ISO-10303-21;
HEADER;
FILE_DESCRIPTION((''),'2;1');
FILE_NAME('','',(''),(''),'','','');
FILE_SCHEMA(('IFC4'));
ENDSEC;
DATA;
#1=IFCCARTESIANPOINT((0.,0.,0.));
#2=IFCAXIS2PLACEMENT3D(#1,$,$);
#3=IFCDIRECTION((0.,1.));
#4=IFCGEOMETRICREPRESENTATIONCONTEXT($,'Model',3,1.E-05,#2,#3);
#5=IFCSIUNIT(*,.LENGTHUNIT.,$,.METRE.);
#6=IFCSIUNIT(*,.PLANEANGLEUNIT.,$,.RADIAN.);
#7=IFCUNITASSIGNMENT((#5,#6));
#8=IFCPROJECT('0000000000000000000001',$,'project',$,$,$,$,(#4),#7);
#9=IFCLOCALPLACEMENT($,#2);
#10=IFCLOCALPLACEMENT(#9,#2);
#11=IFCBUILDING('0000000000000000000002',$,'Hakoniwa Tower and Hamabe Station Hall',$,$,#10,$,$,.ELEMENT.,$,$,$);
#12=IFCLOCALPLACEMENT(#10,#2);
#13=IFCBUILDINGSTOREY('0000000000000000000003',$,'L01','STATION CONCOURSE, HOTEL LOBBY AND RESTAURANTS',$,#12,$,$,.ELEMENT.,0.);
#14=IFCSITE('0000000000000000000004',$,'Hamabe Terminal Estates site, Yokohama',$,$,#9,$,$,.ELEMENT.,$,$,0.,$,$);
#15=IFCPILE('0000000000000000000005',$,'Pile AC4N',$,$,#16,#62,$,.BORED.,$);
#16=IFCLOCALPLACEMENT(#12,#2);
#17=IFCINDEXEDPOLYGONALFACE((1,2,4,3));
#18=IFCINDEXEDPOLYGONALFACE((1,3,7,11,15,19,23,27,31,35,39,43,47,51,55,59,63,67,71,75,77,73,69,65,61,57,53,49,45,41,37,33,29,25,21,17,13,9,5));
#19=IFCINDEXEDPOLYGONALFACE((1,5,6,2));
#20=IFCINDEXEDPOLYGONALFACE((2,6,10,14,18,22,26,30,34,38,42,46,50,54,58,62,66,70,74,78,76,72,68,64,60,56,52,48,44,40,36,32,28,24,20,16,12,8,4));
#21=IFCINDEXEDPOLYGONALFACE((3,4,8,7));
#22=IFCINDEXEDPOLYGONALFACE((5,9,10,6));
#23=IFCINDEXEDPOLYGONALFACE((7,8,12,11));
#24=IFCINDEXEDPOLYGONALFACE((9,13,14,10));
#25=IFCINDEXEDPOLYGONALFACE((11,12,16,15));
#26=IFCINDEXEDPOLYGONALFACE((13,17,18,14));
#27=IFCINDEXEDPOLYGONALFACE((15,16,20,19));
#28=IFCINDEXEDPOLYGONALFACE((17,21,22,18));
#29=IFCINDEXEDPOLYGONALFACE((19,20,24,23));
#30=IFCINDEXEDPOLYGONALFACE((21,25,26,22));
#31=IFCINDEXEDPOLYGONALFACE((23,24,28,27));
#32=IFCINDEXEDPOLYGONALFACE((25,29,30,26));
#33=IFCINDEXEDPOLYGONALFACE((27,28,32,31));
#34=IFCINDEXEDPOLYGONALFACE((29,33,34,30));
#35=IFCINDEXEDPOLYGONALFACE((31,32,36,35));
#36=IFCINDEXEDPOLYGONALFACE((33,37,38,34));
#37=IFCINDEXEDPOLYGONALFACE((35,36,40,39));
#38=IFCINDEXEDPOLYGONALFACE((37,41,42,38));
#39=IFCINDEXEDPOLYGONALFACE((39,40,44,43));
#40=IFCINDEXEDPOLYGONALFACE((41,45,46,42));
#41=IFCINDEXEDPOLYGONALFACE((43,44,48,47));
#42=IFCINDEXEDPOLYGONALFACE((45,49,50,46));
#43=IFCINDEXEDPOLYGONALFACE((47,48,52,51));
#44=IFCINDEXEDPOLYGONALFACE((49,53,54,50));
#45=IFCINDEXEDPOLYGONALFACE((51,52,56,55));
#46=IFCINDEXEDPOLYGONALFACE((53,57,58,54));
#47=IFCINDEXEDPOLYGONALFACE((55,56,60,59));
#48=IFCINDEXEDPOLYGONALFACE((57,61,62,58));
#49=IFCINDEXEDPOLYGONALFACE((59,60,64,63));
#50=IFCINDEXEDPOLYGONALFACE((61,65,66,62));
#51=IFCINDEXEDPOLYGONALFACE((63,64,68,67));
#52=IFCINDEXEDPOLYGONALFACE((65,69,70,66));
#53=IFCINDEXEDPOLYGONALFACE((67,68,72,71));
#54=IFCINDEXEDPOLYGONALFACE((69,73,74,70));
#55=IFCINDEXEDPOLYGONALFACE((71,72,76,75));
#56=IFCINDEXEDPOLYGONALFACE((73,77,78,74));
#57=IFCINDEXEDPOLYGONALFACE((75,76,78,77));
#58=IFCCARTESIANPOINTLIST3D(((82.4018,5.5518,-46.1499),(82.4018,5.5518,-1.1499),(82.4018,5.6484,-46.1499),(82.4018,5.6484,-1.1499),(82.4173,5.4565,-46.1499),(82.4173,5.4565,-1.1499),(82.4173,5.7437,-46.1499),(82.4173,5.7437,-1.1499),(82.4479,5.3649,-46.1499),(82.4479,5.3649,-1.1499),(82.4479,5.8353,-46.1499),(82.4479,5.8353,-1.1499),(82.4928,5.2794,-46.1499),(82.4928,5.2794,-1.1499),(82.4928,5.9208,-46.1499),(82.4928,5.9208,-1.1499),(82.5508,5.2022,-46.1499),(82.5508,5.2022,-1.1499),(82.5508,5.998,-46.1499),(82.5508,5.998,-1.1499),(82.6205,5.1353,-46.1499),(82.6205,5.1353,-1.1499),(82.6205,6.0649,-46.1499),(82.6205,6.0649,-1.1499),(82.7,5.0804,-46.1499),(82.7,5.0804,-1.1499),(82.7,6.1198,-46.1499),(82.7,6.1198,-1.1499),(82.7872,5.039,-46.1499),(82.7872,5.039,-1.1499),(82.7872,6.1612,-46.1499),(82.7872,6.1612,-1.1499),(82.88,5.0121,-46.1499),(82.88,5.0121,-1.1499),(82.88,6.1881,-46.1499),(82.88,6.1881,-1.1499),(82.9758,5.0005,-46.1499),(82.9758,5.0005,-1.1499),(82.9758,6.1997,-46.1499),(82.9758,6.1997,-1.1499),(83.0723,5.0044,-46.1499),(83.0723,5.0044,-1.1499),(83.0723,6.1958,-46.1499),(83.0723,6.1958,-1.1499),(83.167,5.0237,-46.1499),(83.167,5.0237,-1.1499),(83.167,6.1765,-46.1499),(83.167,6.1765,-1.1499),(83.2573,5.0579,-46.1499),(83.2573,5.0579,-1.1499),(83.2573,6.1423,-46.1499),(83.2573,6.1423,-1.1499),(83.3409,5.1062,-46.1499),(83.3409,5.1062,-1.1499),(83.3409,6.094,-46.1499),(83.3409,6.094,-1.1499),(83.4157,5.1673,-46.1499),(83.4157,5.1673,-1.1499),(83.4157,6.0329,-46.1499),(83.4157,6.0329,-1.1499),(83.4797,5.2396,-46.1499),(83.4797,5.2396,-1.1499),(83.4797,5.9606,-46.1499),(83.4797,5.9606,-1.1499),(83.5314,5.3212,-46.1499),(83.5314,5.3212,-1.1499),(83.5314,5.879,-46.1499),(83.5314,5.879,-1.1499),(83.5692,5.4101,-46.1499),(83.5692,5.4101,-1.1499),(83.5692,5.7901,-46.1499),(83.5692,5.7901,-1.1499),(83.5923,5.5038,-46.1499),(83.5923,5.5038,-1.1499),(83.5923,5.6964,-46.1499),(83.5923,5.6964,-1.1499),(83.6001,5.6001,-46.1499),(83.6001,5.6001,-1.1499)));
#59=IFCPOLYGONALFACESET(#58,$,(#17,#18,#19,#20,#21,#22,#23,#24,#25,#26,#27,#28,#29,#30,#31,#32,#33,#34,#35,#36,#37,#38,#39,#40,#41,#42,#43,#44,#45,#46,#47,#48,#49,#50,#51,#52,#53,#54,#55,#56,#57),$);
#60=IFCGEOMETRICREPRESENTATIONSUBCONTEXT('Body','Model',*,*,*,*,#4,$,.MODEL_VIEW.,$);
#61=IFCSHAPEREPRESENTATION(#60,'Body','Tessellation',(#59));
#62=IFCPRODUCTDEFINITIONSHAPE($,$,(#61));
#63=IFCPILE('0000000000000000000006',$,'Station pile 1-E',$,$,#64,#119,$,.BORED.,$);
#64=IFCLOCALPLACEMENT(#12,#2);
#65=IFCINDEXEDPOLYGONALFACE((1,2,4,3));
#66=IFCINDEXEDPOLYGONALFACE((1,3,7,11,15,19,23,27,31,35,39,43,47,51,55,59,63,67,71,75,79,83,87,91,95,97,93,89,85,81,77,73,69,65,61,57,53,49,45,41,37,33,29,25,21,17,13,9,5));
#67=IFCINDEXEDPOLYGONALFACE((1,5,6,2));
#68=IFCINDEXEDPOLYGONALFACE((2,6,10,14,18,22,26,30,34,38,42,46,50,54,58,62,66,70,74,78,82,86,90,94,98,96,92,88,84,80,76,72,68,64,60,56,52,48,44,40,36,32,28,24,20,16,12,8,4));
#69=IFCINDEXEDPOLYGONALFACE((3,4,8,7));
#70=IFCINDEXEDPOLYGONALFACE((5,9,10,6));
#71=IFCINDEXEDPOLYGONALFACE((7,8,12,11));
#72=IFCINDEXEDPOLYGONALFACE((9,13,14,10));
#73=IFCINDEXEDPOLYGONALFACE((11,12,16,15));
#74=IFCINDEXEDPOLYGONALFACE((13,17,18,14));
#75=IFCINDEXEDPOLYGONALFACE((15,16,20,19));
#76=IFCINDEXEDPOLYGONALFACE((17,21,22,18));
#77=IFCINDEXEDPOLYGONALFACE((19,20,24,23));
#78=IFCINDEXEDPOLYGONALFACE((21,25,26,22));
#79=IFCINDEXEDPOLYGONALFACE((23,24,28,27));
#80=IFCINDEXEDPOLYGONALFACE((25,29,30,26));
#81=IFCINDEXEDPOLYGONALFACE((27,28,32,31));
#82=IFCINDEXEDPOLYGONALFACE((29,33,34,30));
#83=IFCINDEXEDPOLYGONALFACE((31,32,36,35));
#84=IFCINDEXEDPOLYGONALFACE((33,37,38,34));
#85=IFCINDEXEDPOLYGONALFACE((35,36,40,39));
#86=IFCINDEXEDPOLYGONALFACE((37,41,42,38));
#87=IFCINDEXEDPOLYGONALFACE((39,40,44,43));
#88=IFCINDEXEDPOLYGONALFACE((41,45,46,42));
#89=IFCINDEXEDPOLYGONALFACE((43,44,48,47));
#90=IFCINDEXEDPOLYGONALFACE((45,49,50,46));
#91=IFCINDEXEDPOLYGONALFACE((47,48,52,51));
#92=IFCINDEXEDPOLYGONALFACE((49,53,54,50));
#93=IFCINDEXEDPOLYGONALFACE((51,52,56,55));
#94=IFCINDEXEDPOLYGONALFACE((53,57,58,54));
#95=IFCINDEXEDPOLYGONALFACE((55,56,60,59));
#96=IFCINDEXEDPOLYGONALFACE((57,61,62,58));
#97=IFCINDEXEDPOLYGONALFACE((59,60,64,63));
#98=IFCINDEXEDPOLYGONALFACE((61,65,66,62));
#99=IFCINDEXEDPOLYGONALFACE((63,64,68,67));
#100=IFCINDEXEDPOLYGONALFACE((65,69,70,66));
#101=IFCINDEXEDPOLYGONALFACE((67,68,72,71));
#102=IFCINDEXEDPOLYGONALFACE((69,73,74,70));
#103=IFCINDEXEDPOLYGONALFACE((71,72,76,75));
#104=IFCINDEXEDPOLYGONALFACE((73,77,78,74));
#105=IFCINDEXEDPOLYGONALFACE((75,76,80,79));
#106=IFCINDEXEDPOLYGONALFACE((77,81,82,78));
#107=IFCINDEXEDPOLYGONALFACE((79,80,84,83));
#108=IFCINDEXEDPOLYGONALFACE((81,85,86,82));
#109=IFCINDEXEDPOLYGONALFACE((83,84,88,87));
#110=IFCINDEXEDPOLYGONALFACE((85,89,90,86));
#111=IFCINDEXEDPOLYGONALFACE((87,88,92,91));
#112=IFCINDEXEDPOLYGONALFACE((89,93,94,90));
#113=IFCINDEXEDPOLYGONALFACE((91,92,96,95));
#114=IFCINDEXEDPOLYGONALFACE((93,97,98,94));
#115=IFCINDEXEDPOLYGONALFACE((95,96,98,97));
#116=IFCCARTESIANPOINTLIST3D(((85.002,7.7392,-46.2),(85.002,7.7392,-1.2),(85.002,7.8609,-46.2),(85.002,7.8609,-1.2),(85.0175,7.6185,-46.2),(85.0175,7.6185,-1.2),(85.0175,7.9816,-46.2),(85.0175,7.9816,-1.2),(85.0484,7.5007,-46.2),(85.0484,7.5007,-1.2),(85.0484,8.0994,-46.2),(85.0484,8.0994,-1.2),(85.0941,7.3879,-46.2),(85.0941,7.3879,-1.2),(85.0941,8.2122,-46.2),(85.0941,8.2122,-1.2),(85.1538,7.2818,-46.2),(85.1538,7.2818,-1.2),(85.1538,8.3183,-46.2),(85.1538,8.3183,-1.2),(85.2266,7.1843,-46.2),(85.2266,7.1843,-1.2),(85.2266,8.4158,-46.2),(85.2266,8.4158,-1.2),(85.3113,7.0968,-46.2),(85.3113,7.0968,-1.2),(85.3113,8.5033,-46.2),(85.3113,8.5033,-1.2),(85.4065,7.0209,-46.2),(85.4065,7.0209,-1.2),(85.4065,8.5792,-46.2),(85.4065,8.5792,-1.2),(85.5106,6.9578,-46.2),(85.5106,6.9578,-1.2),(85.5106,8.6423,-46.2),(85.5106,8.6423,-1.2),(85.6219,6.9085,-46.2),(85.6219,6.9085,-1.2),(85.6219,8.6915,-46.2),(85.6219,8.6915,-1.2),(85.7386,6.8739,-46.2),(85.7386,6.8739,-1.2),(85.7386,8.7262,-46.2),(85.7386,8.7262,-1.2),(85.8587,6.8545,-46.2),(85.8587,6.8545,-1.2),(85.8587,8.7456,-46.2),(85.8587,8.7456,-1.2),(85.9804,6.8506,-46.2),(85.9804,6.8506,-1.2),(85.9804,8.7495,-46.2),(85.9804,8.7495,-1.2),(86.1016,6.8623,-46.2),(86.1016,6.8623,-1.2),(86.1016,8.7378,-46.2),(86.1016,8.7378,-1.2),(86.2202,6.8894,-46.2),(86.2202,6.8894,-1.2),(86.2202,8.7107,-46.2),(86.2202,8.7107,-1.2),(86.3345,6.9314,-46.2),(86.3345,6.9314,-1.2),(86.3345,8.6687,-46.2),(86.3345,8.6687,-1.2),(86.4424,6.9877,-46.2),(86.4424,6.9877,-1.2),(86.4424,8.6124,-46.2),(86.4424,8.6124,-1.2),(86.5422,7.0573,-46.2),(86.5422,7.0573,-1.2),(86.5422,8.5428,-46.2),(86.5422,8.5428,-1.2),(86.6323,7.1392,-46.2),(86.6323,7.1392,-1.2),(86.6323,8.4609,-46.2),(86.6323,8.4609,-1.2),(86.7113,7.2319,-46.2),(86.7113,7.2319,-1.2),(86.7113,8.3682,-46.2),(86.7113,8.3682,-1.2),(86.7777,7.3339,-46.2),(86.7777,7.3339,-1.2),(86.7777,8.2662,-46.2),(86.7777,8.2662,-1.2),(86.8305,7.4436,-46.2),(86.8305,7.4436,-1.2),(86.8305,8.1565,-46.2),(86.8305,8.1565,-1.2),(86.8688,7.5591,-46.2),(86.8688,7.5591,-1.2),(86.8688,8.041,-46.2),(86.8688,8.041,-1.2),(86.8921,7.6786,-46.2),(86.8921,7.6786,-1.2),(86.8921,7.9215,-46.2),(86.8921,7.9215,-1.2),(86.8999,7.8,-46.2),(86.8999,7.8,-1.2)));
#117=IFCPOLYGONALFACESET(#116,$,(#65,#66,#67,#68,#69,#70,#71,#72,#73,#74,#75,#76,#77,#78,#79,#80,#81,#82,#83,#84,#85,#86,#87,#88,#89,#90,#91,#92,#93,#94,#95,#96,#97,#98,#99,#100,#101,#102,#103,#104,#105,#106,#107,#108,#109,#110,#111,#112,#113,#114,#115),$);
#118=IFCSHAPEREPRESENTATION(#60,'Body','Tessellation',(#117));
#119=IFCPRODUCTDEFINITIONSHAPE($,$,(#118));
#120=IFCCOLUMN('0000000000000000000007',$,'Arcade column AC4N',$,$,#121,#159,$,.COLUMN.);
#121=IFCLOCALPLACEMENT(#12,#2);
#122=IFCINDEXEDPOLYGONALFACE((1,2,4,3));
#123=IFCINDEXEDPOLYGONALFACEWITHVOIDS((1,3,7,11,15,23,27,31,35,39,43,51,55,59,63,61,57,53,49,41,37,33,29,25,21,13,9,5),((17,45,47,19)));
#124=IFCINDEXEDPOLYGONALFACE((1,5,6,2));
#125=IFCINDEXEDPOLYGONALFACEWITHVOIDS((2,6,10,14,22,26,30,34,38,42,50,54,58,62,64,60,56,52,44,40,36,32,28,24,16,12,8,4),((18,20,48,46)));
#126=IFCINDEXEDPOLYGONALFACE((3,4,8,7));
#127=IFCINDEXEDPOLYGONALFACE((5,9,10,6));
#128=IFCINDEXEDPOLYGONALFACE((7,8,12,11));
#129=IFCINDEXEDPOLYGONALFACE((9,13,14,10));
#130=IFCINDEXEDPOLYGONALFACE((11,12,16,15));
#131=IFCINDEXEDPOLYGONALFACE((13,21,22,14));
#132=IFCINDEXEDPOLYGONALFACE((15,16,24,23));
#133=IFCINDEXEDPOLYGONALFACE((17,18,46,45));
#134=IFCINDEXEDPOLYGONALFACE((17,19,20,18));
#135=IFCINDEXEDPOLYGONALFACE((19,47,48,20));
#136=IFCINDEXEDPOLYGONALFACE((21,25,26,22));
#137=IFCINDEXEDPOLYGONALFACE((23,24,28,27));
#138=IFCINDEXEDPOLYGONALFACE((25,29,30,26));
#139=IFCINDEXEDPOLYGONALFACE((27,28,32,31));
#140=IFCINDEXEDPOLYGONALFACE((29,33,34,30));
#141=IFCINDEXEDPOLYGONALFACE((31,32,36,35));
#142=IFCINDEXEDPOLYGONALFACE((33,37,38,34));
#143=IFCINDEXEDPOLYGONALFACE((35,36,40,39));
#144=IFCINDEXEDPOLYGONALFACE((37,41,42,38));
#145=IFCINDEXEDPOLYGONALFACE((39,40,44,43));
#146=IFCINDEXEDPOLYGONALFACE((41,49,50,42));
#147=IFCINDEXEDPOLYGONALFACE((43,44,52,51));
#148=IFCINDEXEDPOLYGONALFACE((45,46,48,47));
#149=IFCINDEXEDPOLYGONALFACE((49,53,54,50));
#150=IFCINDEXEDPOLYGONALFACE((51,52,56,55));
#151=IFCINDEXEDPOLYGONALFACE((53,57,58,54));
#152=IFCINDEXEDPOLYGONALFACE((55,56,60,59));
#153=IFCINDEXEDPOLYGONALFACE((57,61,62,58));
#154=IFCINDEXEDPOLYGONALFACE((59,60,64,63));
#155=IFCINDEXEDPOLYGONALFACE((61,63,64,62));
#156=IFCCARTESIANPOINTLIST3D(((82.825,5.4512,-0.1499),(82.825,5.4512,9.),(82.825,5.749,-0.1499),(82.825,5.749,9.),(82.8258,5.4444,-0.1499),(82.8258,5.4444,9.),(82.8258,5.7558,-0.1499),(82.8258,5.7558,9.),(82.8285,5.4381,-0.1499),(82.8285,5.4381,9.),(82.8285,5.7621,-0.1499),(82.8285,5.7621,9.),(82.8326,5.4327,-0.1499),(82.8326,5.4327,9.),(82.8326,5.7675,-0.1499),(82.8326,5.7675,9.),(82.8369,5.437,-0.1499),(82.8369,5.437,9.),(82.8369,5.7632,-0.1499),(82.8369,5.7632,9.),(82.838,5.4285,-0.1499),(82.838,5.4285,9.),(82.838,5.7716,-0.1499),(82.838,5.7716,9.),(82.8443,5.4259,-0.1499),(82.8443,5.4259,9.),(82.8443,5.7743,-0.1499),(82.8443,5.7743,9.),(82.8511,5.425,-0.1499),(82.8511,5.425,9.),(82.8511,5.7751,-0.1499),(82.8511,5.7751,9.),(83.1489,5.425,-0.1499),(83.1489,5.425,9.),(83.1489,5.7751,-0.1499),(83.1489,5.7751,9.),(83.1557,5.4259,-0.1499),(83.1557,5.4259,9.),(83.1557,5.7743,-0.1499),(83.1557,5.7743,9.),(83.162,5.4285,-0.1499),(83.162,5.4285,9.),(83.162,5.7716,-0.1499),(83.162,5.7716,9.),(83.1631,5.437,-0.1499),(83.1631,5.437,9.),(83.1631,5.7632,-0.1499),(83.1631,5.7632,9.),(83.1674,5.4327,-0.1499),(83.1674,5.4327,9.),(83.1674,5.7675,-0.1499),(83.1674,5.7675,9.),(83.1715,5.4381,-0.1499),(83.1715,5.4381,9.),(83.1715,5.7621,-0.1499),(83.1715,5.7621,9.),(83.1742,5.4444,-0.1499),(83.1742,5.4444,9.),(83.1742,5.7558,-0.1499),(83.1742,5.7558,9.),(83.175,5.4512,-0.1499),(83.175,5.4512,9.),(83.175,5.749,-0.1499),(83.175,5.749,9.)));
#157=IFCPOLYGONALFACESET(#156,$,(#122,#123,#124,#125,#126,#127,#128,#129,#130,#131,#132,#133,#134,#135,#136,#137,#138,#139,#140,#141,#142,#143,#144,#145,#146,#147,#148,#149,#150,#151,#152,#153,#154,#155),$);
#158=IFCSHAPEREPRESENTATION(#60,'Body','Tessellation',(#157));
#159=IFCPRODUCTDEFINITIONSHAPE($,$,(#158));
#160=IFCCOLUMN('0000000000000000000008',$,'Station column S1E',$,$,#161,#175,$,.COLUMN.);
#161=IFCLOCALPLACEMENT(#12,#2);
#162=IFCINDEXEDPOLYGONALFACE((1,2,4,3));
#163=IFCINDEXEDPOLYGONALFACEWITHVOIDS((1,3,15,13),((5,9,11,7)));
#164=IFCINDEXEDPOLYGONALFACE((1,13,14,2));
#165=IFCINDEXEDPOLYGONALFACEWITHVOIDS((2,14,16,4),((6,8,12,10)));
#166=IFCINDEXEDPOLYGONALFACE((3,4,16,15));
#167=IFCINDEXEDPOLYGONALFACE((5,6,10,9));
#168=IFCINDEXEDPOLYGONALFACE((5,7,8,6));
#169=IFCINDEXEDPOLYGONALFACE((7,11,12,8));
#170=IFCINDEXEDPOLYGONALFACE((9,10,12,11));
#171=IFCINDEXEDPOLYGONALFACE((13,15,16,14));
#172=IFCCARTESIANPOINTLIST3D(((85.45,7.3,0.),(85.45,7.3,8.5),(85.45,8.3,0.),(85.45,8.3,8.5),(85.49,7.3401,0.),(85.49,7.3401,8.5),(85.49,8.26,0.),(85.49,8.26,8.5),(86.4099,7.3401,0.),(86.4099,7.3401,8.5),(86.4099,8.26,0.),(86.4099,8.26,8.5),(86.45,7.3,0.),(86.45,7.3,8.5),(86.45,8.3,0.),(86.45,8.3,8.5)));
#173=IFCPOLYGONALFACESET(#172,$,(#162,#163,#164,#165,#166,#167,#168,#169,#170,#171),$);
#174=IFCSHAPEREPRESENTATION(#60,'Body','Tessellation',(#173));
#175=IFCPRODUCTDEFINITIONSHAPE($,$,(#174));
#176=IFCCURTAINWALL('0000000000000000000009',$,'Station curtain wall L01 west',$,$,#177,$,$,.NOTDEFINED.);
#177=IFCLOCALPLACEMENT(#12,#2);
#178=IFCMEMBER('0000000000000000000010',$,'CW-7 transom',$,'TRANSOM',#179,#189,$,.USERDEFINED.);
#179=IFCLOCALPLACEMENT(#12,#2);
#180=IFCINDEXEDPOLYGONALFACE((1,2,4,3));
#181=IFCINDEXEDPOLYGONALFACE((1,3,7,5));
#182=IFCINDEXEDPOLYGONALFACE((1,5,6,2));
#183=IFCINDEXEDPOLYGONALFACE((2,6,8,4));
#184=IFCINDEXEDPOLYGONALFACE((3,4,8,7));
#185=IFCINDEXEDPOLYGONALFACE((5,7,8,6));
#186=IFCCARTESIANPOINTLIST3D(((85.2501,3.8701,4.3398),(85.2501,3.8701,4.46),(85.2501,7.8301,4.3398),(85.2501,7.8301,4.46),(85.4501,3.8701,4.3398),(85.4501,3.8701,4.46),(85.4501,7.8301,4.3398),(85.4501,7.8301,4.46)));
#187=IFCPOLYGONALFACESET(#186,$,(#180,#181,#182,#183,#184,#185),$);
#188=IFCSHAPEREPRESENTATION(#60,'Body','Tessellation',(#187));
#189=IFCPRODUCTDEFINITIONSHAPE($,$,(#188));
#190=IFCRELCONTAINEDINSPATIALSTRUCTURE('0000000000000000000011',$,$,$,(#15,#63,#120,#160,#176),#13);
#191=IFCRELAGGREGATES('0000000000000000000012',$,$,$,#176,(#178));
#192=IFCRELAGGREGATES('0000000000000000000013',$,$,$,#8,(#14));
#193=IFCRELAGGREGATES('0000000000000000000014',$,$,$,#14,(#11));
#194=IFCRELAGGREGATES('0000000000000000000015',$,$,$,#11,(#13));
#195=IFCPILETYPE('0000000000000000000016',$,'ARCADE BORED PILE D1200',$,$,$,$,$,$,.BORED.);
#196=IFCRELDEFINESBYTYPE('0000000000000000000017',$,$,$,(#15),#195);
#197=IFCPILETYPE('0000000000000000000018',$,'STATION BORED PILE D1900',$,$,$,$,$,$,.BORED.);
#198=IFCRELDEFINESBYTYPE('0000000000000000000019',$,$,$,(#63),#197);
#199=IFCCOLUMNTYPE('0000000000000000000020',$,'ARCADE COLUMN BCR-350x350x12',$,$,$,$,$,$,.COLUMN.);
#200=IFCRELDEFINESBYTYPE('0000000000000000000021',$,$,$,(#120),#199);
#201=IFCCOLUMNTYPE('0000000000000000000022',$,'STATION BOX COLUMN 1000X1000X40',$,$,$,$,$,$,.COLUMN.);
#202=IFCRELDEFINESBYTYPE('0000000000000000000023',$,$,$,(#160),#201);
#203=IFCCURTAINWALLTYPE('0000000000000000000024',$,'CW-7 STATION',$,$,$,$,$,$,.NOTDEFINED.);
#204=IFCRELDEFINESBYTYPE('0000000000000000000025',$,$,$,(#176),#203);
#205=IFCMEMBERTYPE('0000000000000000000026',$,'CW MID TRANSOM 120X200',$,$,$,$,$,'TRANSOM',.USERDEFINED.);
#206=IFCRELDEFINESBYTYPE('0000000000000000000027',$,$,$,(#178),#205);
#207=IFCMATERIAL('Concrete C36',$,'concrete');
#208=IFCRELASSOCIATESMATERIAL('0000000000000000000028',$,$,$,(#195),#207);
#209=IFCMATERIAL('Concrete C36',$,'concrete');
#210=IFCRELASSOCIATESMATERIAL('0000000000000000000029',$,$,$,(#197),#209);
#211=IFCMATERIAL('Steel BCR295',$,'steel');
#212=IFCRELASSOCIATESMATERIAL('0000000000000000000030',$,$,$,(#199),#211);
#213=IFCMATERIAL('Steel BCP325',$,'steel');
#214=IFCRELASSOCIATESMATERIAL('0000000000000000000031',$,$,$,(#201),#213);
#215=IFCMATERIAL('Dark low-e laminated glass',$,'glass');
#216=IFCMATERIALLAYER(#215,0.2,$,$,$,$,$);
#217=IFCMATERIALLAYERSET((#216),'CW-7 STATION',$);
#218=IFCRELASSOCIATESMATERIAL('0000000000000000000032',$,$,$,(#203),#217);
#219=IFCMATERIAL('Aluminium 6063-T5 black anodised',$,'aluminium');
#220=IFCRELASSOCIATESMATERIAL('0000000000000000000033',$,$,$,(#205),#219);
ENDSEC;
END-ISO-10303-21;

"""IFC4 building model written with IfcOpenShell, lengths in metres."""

from ifc_helpers import new_model, si_unit, direction, frame, origin, origin_2d, place, context, subcontext, project, spatial, rectangle, hollow_rectangle, circle, extrude, material, layer, layer_set, material_profile, profile_set, type_object, element, aggregate, save


model = new_model("IFC4")

# Units and contexts
model_context = context("Model", 3, precision=1e-05, world=origin(), true_north=direction((0.0, 1.0)))
body_context = subcontext(model_context, "Body", "Model", "MODEL_VIEW")
ifc_project = project(units=[si_unit("LENGTHUNIT", "METRE"), si_unit("PLANEANGLEUNIT", "RADIAN")], contexts=[model_context])

# Site, building, storey
site_placement = place(None, origin())
site = spatial("IfcSite", under=ifc_project, at=site_placement, Name="Hamabe Terminal Estates site, Yokohama", CompositionType="ELEMENT", RefElevation=0.0)
building_placement = place(site_placement, origin())
building = spatial("IfcBuilding", under=site, at=building_placement, Name="Hakoniwa Tower and Hamabe Station Hall", CompositionType="ELEMENT")
storey_placement = place(building_placement, origin())
storey = spatial("IfcBuildingStorey", under=building, at=storey_placement, Name="L01", Description="STATION CONCOURSE, HOTEL LOBBY AND RESTAURANTS", CompositionType="ELEMENT", Elevation=0.0)

# Piles
ifc_material_1 = material(Name="Concrete C36", Category="concrete")
ifc_material_profile_1 = material_profile(ifc_material_1, circle(Radius=0.6001, at=origin_2d()), Name="ARCADE BORED PILE D1200")
ifc_profile_set_1 = profile_set([ifc_material_profile_1], Name="Concrete C36")
pile_type_1 = type_object("IfcPileType", Name="ARCADE BORED PILE D1200", PredefinedType="BORED", material=ifc_profile_set_1)
pile_1_placement = place(storey_placement, frame((83.0, 5.6001, -1.1499), z_axis=(0.0, 0.0, -1.0), x_axis=(1.0, 0.0, 0.0)))
element("IfcPile", 1, at=pile_1_placement, inside=storey, type_object=pile_type_1, Name="Pile AC4N", PredefinedType="BORED", context=body_context, shape_type="SweptSolid", body=[
    extrude(circle(Radius=0.6001, at=origin_2d()), origin(), (0.0, 0.0, 1.0), 45.0),
])
ifc_material_2 = material(Name="Concrete C36", Category="concrete")
ifc_material_profile_2 = material_profile(ifc_material_2, circle(Radius=0.95, at=origin_2d()), Name="STATION BORED PILE D1900")
ifc_profile_set_2 = profile_set([ifc_material_profile_2], Name="Concrete C36")
pile_type_2 = type_object("IfcPileType", Name="STATION BORED PILE D1900", PredefinedType="BORED", material=ifc_profile_set_2)
pile_2_placement = place(storey_placement, frame((85.95, 7.8, -1.2), z_axis=(0.0, 0.0, -1.0), x_axis=(1.0, 0.0, 0.0)))
element("IfcPile", 2, at=pile_2_placement, inside=storey, type_object=pile_type_2, Name="Station pile 1-E", PredefinedType="BORED", context=body_context, shape_type="SweptSolid", body=[
    extrude(circle(Radius=0.95, at=origin_2d()), origin(), (0.0, 0.0, 1.0), 45.0),
])

# Columns
ifc_material_3 = material(Name="Steel BCR295", Category="steel")
ifc_material_profile_3 = material_profile(ifc_material_3, hollow_rectangle(XDim=0.3501, YDim=0.3501, WallThickness=0.012, OuterFilletRadius=0.0261, at=origin_2d()), Name="ARCADE COLUMN BCR-350x350x12")
ifc_profile_set_3 = profile_set([ifc_material_profile_3], Name="Steel BCR295")
column_type_1 = type_object("IfcColumnType", Name="ARCADE COLUMN BCR-350x350x12", PredefinedType="COLUMN", material=ifc_profile_set_3)
column_1_placement = place(storey_placement, frame((83.0, 5.6001, -0.1499), z_axis=(0.0, 0.0, 1.0), x_axis=(1.0, 0.0, 0.0)))
element("IfcColumn", 3, at=column_1_placement, inside=storey, type_object=column_type_1, Name="Arcade column AC4N", PredefinedType="COLUMN", context=body_context, shape_type="SweptSolid", body=[
    extrude(hollow_rectangle(XDim=0.3501, YDim=0.3501, WallThickness=0.012, OuterFilletRadius=0.0261, at=origin_2d()), origin(), (0.0, 0.0, 1.0), 9.1499),
])
ifc_material_4 = material(Name="Steel BCP325", Category="steel")
ifc_material_profile_4 = material_profile(ifc_material_4, hollow_rectangle(XDim=1.0, YDim=1.0, WallThickness=0.04, at=origin_2d()), Name="STATION BOX COLUMN 1000X1000X40")
ifc_profile_set_4 = profile_set([ifc_material_profile_4], Name="Steel BCP325")
column_type_2 = type_object("IfcColumnType", Name="STATION BOX COLUMN 1000X1000X40", PredefinedType="COLUMN", material=ifc_profile_set_4)
column_2_placement = place(storey_placement, frame((85.95, 7.8, 0.0), z_axis=(0.0, 0.0, 1.0), x_axis=(1.0, 0.0, 0.0)))
element("IfcColumn", 4, at=column_2_placement, inside=storey, type_object=column_type_2, Name="Station column S1E", PredefinedType="COLUMN", context=body_context, shape_type="SweptSolid", body=[
    extrude(hollow_rectangle(XDim=1.0, YDim=1.0, WallThickness=0.04, at=origin_2d()), origin(), (0.0, 0.0, 1.0), 8.5),
])

# Curtain wall, member
ifc_material_5 = material(Name="Dark low-e laminated glass", Category="glass")
ifc_layer_1 = layer(ifc_material_5, 0.2)
ifc_layer_set_1 = layer_set([ifc_layer_1], Name="CW-7 STATION")
curtain_wall_type = type_object("IfcCurtainWallType", Name="CW-7 STATION", PredefinedType="NOTDEFINED", material=ifc_layer_set_1)
curtain_wall_placement = place(storey_placement, origin())
curtain_wall = element("IfcCurtainWall", 5, at=curtain_wall_placement, inside=storey, type_object=curtain_wall_type, Name="Station curtain wall L01 west", PredefinedType="NOTDEFINED")
ifc_material_6 = material(Name="Aluminium 6063-T5 black anodised", Category="aluminium")
ifc_material_profile_5 = material_profile(ifc_material_6, rectangle(XDim=0.2, YDim=0.1201, at=origin_2d()), Name="CW MID TRANSOM 120X200")
ifc_profile_set_5 = profile_set([ifc_material_profile_5], Name="Aluminium 6063-T5 black anodised")
member_type_1 = type_object("IfcMemberType", Name="CW MID TRANSOM 120X200", ElementType="TRANSOM", PredefinedType="USERDEFINED", material=ifc_profile_set_5)
member_1_placement = place(storey_placement, frame((85.3501, 7.8301, 4.3999), z_axis=(0.0, -1.0, 0.0), x_axis=(1.0, 0.0, 0.0)))
member_1 = element("IfcMember", 6, at=member_1_placement, type_object=member_type_1, Name="CW-7 transom", ObjectType="TRANSOM", PredefinedType="USERDEFINED", context=body_context, shape_type="SweptSolid", body=[
    extrude(rectangle(XDim=0.2, YDim=0.1201, at=origin_2d()), origin(), (0.0, 0.0, 1.0), 3.96),
])
aggregate(curtain_wall, [member_1])

save(model, "model.ifc")
